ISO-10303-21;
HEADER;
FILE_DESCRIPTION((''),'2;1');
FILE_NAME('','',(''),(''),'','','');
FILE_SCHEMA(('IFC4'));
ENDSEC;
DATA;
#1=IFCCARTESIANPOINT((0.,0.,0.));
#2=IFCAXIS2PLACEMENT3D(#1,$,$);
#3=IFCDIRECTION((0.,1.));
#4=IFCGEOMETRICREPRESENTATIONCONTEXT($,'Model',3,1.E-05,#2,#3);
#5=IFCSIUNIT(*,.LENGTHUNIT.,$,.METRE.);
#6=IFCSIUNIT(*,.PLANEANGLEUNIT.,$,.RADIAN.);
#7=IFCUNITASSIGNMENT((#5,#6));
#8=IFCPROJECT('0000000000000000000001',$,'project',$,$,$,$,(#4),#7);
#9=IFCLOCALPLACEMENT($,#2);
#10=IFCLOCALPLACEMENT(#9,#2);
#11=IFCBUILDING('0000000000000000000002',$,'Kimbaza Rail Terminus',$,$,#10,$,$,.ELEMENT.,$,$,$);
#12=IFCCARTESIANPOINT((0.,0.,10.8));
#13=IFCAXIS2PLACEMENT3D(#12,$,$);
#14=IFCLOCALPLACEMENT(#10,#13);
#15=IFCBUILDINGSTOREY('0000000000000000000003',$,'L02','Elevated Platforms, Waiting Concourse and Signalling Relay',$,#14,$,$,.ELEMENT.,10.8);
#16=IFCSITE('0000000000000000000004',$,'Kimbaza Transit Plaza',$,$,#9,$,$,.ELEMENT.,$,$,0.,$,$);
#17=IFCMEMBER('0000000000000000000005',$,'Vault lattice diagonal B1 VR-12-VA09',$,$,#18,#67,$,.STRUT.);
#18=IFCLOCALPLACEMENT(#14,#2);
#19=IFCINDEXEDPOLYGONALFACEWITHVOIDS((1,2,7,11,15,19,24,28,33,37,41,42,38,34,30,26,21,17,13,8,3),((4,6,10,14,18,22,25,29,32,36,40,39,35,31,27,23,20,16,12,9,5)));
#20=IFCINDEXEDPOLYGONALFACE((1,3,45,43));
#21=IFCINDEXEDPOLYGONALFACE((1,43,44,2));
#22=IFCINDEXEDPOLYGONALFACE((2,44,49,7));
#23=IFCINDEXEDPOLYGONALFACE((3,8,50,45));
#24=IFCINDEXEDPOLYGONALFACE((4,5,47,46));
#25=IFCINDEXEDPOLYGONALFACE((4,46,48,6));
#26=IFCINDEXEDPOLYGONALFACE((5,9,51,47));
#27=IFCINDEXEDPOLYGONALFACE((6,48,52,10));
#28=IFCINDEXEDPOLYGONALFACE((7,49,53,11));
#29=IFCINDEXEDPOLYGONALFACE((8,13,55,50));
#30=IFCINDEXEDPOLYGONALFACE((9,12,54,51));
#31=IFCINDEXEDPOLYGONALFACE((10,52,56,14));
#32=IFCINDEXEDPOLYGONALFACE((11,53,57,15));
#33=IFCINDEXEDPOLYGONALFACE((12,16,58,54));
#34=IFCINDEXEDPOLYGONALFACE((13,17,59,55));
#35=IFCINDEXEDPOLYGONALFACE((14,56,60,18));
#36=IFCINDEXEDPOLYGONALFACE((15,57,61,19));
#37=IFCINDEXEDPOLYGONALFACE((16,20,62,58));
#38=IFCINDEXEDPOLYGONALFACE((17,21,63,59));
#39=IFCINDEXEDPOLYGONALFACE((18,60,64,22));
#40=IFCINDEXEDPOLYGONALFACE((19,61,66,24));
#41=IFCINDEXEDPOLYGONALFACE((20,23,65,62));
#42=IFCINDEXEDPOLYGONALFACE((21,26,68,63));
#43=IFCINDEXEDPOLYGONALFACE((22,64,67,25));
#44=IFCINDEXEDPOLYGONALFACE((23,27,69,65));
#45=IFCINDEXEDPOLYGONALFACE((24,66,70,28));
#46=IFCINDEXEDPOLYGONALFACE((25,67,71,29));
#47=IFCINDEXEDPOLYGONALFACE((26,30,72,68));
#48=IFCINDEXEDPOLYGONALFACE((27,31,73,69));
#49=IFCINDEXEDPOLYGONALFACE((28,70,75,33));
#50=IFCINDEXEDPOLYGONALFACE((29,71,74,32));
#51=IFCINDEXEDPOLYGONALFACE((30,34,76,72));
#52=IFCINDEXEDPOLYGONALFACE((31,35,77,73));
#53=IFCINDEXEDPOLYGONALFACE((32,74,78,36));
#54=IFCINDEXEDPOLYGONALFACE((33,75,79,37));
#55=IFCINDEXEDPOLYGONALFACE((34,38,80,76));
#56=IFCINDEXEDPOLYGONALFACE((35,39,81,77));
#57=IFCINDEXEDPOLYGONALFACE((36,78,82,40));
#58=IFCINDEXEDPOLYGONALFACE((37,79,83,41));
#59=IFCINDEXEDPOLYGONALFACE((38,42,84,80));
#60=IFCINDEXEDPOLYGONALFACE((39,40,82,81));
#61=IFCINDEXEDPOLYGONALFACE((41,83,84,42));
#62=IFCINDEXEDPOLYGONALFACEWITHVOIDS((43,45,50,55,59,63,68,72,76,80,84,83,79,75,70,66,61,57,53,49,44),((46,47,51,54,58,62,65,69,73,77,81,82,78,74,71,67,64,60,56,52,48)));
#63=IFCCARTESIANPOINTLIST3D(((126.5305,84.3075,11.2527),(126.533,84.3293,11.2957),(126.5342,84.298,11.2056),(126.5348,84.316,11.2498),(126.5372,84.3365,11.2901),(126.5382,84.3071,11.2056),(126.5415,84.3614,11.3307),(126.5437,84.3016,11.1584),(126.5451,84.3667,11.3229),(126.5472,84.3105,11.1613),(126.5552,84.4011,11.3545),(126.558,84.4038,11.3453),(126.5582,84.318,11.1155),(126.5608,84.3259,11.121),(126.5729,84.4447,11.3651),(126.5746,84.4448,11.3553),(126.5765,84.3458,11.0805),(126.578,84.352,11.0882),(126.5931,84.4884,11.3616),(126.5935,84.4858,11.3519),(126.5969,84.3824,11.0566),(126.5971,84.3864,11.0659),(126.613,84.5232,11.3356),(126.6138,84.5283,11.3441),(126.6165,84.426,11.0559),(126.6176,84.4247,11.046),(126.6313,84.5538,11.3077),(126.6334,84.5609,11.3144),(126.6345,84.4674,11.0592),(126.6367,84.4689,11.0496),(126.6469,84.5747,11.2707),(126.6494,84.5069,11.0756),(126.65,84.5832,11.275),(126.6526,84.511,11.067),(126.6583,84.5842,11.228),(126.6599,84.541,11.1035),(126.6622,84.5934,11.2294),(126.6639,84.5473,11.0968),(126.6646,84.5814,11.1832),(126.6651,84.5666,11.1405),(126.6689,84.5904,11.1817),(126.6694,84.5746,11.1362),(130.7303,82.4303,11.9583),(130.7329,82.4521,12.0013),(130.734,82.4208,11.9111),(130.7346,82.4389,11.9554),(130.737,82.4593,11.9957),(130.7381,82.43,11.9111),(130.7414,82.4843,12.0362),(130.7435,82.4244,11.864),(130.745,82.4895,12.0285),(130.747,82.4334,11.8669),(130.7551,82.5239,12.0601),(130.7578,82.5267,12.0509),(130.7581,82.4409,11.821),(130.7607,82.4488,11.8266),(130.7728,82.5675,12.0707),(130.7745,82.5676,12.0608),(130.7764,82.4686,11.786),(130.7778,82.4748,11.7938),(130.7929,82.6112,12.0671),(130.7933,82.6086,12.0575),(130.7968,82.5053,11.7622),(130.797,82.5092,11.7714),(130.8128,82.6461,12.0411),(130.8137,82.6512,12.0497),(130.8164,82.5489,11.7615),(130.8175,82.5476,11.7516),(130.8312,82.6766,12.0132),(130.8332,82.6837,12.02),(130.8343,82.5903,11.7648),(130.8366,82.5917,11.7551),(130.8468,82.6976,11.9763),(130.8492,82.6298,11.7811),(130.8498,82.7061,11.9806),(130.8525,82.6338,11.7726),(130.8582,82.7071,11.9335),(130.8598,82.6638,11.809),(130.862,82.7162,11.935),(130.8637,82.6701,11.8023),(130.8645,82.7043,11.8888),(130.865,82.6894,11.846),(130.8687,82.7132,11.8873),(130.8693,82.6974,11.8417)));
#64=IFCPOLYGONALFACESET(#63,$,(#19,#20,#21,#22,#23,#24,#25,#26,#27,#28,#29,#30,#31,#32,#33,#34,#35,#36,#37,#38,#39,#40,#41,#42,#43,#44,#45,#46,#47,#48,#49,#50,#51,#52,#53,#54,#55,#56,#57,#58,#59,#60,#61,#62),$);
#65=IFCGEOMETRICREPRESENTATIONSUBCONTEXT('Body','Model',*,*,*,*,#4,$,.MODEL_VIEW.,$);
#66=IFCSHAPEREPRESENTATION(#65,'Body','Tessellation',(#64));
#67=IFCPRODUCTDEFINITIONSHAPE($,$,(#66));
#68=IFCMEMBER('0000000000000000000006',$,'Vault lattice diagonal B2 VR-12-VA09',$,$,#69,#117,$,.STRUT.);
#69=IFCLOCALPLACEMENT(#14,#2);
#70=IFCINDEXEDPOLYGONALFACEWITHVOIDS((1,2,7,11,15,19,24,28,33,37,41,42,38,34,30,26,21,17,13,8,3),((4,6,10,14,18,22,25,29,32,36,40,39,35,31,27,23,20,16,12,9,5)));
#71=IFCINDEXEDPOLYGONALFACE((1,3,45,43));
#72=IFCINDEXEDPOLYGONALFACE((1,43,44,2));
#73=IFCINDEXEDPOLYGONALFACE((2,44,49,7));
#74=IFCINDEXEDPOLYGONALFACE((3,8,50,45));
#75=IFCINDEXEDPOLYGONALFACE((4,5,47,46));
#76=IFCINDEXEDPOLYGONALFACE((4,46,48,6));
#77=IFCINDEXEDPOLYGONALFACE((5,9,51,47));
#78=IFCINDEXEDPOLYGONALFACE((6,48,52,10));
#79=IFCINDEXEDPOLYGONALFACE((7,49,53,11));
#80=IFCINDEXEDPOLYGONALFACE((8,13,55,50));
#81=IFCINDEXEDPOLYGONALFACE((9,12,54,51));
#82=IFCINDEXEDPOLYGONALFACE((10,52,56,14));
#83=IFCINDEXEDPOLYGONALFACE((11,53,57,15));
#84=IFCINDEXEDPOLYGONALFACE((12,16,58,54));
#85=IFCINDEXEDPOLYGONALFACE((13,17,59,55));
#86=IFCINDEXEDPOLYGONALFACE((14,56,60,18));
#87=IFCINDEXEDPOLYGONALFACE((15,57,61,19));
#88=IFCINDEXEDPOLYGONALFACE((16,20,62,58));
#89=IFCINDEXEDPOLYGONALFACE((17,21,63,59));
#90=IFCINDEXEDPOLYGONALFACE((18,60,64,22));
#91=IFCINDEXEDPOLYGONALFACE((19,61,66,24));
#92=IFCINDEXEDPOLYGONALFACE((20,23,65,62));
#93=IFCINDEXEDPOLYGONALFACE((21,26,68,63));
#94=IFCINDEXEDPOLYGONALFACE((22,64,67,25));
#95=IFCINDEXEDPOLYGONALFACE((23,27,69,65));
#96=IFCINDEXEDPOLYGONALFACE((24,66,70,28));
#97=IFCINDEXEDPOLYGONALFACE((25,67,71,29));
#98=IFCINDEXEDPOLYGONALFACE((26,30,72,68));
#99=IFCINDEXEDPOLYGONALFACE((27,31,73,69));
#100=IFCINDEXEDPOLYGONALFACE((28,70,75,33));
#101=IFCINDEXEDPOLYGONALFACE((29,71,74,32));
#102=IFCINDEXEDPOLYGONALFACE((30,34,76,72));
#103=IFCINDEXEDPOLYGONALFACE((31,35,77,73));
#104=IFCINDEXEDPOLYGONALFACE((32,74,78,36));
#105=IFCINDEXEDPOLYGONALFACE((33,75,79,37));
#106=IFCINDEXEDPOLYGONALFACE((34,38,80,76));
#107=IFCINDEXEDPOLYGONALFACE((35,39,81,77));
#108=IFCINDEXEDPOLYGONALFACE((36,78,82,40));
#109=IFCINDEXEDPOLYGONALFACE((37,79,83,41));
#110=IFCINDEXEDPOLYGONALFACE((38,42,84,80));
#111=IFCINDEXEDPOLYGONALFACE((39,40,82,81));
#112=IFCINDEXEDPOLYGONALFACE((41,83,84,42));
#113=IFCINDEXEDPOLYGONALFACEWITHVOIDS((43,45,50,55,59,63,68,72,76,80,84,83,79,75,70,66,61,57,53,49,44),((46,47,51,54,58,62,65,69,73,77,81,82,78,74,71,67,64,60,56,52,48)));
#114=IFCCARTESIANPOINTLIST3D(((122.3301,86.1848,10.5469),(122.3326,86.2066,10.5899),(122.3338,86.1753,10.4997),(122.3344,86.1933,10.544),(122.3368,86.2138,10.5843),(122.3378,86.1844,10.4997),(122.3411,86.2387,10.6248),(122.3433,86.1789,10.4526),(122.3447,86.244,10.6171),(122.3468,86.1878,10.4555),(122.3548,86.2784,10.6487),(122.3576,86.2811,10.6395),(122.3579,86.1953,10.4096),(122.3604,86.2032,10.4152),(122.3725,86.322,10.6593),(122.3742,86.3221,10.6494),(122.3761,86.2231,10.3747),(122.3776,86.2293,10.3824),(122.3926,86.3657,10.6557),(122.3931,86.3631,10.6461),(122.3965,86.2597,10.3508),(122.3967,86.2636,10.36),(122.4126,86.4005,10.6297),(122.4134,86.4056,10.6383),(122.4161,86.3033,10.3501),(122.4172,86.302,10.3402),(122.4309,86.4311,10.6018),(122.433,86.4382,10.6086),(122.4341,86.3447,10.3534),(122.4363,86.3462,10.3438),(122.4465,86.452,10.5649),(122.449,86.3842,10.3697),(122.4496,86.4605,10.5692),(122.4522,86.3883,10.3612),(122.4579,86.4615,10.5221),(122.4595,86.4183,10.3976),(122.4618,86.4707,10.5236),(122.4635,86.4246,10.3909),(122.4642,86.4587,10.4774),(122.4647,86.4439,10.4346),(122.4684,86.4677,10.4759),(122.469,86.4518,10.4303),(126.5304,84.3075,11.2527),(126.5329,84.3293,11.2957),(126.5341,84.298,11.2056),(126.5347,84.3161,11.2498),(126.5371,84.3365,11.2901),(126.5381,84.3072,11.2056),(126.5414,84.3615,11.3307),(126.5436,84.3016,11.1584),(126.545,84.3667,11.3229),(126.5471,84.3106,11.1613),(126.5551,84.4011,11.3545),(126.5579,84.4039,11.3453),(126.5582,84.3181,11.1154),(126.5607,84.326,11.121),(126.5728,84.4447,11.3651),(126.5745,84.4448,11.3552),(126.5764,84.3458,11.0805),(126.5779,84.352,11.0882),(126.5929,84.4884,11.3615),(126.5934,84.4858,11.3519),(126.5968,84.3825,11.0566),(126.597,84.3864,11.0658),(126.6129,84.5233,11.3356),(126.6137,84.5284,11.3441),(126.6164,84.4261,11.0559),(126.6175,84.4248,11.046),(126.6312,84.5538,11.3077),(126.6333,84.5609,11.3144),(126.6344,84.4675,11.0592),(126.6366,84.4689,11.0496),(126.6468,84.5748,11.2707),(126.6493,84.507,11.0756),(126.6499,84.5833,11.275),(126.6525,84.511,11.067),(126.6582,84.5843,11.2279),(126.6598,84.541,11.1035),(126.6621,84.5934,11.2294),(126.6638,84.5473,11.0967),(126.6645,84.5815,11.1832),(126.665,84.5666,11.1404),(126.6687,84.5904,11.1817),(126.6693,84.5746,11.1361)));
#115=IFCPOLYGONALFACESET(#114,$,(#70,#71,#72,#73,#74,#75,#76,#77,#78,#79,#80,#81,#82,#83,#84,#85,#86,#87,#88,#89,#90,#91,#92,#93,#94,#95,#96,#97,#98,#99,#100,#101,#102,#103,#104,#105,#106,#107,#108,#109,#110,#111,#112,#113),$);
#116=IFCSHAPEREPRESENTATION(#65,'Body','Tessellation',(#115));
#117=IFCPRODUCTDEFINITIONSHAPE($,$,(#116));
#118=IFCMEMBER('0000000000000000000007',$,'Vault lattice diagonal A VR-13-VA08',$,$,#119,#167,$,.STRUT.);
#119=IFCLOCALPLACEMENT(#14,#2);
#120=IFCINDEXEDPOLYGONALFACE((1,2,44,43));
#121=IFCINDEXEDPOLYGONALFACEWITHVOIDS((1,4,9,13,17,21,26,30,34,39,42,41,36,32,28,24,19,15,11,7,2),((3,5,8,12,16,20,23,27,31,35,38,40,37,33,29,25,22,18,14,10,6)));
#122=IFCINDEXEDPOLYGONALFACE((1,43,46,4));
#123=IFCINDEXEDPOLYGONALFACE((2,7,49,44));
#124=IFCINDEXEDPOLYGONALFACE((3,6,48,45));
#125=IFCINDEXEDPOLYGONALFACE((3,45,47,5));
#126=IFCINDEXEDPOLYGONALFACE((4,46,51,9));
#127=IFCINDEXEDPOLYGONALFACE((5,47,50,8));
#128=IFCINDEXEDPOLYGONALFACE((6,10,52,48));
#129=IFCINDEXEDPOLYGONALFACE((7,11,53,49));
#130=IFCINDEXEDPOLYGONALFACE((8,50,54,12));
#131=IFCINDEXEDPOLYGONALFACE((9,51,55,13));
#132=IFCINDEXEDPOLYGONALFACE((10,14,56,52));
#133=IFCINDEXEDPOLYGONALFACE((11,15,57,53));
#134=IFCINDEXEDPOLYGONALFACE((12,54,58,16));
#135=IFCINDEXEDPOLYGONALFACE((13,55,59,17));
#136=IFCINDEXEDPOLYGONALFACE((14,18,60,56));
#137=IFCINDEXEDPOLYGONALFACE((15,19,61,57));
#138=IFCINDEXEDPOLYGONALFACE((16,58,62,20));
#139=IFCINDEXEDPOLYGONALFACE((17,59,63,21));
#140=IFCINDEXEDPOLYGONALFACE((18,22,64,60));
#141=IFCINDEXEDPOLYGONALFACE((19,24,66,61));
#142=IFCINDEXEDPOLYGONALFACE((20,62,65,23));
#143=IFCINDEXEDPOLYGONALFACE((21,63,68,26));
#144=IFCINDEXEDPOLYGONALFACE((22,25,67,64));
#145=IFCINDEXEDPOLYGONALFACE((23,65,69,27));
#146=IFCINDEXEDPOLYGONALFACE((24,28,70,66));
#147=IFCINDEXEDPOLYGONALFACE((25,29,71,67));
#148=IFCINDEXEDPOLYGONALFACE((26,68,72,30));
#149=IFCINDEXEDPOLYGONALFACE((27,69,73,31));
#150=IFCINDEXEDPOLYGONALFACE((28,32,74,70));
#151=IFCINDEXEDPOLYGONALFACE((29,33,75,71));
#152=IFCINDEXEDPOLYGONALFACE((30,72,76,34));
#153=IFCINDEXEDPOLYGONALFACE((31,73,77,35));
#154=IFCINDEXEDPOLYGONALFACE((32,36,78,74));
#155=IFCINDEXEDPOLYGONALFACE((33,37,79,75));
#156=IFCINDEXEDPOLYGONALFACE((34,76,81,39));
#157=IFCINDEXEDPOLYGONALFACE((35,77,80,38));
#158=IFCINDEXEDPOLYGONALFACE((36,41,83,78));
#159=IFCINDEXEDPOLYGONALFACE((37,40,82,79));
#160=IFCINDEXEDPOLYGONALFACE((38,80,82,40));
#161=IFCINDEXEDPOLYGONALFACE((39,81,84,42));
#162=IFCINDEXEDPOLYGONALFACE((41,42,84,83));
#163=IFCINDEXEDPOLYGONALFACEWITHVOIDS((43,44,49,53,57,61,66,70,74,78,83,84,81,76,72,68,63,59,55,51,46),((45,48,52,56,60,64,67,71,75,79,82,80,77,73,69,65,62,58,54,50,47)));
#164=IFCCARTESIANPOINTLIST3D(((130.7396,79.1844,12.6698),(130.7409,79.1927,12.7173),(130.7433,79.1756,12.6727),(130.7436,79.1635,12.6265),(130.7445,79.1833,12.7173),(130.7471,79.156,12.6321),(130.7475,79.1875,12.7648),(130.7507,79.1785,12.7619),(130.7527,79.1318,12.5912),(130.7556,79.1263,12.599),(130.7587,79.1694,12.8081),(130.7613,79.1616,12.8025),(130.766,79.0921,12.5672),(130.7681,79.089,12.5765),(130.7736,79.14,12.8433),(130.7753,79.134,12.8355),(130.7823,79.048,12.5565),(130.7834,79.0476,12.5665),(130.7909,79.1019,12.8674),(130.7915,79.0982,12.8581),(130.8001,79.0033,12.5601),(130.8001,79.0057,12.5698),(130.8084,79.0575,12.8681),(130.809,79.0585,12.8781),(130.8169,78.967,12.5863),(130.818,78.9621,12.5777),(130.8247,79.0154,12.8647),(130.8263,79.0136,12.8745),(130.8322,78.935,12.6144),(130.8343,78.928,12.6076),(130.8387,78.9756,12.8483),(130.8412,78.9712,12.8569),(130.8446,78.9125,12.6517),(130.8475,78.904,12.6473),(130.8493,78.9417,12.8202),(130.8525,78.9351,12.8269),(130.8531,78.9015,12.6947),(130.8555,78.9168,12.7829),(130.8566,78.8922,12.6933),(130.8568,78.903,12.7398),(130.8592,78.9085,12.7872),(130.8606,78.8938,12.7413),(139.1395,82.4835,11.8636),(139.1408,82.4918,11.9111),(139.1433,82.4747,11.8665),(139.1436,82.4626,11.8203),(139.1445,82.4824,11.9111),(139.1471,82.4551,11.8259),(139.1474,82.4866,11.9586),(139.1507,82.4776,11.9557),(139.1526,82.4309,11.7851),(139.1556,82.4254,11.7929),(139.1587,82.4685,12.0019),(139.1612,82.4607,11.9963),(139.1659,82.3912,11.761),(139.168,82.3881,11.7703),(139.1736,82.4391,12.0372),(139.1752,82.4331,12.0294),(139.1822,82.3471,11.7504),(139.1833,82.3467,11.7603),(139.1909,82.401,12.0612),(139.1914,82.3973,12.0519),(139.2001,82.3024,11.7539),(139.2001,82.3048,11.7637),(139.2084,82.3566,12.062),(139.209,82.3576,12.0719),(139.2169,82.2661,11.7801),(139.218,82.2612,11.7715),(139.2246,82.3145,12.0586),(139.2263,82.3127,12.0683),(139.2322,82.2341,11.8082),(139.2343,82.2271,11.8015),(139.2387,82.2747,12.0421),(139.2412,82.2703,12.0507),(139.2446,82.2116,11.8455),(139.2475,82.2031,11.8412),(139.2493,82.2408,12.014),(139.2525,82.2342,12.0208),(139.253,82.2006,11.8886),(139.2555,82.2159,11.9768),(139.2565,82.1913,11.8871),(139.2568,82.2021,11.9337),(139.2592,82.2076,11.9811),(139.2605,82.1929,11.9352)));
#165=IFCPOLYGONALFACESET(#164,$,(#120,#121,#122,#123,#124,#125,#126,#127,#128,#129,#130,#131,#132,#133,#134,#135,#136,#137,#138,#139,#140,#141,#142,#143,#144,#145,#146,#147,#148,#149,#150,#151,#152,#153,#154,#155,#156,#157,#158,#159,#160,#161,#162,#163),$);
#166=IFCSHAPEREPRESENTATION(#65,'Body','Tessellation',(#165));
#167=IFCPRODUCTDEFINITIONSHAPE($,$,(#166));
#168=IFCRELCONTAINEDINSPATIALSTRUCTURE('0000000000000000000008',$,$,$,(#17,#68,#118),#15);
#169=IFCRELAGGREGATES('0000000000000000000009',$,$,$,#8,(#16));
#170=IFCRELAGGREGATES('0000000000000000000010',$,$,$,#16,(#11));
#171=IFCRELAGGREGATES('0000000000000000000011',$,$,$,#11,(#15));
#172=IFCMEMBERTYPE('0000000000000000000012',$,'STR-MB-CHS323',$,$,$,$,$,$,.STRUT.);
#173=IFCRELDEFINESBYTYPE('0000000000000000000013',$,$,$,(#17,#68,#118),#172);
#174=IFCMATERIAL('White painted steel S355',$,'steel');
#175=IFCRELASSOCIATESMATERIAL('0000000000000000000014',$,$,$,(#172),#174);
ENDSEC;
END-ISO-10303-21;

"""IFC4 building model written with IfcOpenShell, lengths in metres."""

from ifc_helpers import new_model, si_unit, direction, frame, origin, origin_2d, place, context, subcontext, project, spatial, hollow_circle, extrude, material, material_profile, profile_set, type_object, element, save


model = new_model("IFC4")

# Units and contexts
model_context = context("Model", 3, precision=1e-05, world=origin(), true_north=direction((0.0, 1.0)))
body_context = subcontext(model_context, "Body", "Model", "MODEL_VIEW")
ifc_project = project(units=[si_unit("LENGTHUNIT", "METRE"), si_unit("PLANEANGLEUNIT", "RADIAN")], contexts=[model_context])

# Site, building, storey
site_placement = place(None, origin())
site = spatial("IfcSite", under=ifc_project, at=site_placement, Name="Kimbaza Transit Plaza", CompositionType="ELEMENT", RefElevation=0.0)
building_placement = place(site_placement, origin())
building = spatial("IfcBuilding", under=site, at=building_placement, Name="Kimbaza Rail Terminus", CompositionType="ELEMENT")
storey_placement = place(building_placement, frame((0.0, 0.0, 10.8)))
storey = spatial("IfcBuildingStorey", under=building, at=storey_placement, Name="L02", Description="Elevated Platforms, Waiting Concourse and Signalling Relay", CompositionType="ELEMENT", Elevation=10.8)

# Members
ifc_material_1 = material(Name="White painted steel S355", Category="steel")
ifc_material_profile_1 = material_profile(ifc_material_1, hollow_circle(Radius=0.1619, WallThickness=0.01, at=origin_2d()), Name="CHS 323.9x10")
ifc_profile_set_1 = profile_set([ifc_material_profile_1], Name="White painted steel S355")
member_type_1 = type_object("IfcMemberType", Name="STR-MB-CHS323", PredefinedType="STRUT", material=ifc_profile_set_1)
member_1_placement = place(storey_placement, frame((130.8, 82.5686, 11.9111), z_axis=(-0.902406, 0.403337, -0.151599), x_axis=(-0.408053, -0.912958, 0.0)))
element("IfcMember", 1, at=member_1_placement, inside=storey, type_object=member_type_1, Name="Vault lattice diagonal B1 VR-12-VA09", PredefinedType="STRUT", context=body_context, shape_type="SweptSolid", body=[
    extrude(hollow_circle(Radius=0.1619, WallThickness=0.01, at=origin_2d()), origin(), (0.0, 0.0, 1.0), 4.6541),
])
member_2_placement = place(storey_placement, frame((126.6001, 84.4458, 11.2056), z_axis=(-0.902409, 0.403314, -0.151643), x_axis=(-0.408033, -0.912967, 0.0)))
element("IfcMember", 2, at=member_2_placement, inside=storey, type_object=member_type_1, Name="Vault lattice diagonal B2 VR-12-VA09", PredefinedType="STRUT", context=body_context, shape_type="SweptSolid", body=[
    extrude(hollow_circle(Radius=0.1619, WallThickness=0.01, at=origin_2d()), origin(), (0.0, 0.0, 1.0), 4.6545),
])
member_3_placement = place(storey_placement, frame((130.8, 79.042, 12.7173), z_axis=(0.927093, 0.364117, -0.088975), x_axis=(-0.365567, 0.930785, 0.0)))
element("IfcMember", 3, at=member_3_placement, inside=storey, type_object=member_type_1, Name="Vault lattice diagonal A VR-13-VA08", PredefinedType="STRUT", context=body_context, shape_type="SweptSolid", body=[
    extrude(hollow_circle(Radius=0.1619, WallThickness=0.01, at=origin_2d()), origin(), (0.0, 0.0, 1.0), 9.0605),
])

save(model, "model.ifc")
